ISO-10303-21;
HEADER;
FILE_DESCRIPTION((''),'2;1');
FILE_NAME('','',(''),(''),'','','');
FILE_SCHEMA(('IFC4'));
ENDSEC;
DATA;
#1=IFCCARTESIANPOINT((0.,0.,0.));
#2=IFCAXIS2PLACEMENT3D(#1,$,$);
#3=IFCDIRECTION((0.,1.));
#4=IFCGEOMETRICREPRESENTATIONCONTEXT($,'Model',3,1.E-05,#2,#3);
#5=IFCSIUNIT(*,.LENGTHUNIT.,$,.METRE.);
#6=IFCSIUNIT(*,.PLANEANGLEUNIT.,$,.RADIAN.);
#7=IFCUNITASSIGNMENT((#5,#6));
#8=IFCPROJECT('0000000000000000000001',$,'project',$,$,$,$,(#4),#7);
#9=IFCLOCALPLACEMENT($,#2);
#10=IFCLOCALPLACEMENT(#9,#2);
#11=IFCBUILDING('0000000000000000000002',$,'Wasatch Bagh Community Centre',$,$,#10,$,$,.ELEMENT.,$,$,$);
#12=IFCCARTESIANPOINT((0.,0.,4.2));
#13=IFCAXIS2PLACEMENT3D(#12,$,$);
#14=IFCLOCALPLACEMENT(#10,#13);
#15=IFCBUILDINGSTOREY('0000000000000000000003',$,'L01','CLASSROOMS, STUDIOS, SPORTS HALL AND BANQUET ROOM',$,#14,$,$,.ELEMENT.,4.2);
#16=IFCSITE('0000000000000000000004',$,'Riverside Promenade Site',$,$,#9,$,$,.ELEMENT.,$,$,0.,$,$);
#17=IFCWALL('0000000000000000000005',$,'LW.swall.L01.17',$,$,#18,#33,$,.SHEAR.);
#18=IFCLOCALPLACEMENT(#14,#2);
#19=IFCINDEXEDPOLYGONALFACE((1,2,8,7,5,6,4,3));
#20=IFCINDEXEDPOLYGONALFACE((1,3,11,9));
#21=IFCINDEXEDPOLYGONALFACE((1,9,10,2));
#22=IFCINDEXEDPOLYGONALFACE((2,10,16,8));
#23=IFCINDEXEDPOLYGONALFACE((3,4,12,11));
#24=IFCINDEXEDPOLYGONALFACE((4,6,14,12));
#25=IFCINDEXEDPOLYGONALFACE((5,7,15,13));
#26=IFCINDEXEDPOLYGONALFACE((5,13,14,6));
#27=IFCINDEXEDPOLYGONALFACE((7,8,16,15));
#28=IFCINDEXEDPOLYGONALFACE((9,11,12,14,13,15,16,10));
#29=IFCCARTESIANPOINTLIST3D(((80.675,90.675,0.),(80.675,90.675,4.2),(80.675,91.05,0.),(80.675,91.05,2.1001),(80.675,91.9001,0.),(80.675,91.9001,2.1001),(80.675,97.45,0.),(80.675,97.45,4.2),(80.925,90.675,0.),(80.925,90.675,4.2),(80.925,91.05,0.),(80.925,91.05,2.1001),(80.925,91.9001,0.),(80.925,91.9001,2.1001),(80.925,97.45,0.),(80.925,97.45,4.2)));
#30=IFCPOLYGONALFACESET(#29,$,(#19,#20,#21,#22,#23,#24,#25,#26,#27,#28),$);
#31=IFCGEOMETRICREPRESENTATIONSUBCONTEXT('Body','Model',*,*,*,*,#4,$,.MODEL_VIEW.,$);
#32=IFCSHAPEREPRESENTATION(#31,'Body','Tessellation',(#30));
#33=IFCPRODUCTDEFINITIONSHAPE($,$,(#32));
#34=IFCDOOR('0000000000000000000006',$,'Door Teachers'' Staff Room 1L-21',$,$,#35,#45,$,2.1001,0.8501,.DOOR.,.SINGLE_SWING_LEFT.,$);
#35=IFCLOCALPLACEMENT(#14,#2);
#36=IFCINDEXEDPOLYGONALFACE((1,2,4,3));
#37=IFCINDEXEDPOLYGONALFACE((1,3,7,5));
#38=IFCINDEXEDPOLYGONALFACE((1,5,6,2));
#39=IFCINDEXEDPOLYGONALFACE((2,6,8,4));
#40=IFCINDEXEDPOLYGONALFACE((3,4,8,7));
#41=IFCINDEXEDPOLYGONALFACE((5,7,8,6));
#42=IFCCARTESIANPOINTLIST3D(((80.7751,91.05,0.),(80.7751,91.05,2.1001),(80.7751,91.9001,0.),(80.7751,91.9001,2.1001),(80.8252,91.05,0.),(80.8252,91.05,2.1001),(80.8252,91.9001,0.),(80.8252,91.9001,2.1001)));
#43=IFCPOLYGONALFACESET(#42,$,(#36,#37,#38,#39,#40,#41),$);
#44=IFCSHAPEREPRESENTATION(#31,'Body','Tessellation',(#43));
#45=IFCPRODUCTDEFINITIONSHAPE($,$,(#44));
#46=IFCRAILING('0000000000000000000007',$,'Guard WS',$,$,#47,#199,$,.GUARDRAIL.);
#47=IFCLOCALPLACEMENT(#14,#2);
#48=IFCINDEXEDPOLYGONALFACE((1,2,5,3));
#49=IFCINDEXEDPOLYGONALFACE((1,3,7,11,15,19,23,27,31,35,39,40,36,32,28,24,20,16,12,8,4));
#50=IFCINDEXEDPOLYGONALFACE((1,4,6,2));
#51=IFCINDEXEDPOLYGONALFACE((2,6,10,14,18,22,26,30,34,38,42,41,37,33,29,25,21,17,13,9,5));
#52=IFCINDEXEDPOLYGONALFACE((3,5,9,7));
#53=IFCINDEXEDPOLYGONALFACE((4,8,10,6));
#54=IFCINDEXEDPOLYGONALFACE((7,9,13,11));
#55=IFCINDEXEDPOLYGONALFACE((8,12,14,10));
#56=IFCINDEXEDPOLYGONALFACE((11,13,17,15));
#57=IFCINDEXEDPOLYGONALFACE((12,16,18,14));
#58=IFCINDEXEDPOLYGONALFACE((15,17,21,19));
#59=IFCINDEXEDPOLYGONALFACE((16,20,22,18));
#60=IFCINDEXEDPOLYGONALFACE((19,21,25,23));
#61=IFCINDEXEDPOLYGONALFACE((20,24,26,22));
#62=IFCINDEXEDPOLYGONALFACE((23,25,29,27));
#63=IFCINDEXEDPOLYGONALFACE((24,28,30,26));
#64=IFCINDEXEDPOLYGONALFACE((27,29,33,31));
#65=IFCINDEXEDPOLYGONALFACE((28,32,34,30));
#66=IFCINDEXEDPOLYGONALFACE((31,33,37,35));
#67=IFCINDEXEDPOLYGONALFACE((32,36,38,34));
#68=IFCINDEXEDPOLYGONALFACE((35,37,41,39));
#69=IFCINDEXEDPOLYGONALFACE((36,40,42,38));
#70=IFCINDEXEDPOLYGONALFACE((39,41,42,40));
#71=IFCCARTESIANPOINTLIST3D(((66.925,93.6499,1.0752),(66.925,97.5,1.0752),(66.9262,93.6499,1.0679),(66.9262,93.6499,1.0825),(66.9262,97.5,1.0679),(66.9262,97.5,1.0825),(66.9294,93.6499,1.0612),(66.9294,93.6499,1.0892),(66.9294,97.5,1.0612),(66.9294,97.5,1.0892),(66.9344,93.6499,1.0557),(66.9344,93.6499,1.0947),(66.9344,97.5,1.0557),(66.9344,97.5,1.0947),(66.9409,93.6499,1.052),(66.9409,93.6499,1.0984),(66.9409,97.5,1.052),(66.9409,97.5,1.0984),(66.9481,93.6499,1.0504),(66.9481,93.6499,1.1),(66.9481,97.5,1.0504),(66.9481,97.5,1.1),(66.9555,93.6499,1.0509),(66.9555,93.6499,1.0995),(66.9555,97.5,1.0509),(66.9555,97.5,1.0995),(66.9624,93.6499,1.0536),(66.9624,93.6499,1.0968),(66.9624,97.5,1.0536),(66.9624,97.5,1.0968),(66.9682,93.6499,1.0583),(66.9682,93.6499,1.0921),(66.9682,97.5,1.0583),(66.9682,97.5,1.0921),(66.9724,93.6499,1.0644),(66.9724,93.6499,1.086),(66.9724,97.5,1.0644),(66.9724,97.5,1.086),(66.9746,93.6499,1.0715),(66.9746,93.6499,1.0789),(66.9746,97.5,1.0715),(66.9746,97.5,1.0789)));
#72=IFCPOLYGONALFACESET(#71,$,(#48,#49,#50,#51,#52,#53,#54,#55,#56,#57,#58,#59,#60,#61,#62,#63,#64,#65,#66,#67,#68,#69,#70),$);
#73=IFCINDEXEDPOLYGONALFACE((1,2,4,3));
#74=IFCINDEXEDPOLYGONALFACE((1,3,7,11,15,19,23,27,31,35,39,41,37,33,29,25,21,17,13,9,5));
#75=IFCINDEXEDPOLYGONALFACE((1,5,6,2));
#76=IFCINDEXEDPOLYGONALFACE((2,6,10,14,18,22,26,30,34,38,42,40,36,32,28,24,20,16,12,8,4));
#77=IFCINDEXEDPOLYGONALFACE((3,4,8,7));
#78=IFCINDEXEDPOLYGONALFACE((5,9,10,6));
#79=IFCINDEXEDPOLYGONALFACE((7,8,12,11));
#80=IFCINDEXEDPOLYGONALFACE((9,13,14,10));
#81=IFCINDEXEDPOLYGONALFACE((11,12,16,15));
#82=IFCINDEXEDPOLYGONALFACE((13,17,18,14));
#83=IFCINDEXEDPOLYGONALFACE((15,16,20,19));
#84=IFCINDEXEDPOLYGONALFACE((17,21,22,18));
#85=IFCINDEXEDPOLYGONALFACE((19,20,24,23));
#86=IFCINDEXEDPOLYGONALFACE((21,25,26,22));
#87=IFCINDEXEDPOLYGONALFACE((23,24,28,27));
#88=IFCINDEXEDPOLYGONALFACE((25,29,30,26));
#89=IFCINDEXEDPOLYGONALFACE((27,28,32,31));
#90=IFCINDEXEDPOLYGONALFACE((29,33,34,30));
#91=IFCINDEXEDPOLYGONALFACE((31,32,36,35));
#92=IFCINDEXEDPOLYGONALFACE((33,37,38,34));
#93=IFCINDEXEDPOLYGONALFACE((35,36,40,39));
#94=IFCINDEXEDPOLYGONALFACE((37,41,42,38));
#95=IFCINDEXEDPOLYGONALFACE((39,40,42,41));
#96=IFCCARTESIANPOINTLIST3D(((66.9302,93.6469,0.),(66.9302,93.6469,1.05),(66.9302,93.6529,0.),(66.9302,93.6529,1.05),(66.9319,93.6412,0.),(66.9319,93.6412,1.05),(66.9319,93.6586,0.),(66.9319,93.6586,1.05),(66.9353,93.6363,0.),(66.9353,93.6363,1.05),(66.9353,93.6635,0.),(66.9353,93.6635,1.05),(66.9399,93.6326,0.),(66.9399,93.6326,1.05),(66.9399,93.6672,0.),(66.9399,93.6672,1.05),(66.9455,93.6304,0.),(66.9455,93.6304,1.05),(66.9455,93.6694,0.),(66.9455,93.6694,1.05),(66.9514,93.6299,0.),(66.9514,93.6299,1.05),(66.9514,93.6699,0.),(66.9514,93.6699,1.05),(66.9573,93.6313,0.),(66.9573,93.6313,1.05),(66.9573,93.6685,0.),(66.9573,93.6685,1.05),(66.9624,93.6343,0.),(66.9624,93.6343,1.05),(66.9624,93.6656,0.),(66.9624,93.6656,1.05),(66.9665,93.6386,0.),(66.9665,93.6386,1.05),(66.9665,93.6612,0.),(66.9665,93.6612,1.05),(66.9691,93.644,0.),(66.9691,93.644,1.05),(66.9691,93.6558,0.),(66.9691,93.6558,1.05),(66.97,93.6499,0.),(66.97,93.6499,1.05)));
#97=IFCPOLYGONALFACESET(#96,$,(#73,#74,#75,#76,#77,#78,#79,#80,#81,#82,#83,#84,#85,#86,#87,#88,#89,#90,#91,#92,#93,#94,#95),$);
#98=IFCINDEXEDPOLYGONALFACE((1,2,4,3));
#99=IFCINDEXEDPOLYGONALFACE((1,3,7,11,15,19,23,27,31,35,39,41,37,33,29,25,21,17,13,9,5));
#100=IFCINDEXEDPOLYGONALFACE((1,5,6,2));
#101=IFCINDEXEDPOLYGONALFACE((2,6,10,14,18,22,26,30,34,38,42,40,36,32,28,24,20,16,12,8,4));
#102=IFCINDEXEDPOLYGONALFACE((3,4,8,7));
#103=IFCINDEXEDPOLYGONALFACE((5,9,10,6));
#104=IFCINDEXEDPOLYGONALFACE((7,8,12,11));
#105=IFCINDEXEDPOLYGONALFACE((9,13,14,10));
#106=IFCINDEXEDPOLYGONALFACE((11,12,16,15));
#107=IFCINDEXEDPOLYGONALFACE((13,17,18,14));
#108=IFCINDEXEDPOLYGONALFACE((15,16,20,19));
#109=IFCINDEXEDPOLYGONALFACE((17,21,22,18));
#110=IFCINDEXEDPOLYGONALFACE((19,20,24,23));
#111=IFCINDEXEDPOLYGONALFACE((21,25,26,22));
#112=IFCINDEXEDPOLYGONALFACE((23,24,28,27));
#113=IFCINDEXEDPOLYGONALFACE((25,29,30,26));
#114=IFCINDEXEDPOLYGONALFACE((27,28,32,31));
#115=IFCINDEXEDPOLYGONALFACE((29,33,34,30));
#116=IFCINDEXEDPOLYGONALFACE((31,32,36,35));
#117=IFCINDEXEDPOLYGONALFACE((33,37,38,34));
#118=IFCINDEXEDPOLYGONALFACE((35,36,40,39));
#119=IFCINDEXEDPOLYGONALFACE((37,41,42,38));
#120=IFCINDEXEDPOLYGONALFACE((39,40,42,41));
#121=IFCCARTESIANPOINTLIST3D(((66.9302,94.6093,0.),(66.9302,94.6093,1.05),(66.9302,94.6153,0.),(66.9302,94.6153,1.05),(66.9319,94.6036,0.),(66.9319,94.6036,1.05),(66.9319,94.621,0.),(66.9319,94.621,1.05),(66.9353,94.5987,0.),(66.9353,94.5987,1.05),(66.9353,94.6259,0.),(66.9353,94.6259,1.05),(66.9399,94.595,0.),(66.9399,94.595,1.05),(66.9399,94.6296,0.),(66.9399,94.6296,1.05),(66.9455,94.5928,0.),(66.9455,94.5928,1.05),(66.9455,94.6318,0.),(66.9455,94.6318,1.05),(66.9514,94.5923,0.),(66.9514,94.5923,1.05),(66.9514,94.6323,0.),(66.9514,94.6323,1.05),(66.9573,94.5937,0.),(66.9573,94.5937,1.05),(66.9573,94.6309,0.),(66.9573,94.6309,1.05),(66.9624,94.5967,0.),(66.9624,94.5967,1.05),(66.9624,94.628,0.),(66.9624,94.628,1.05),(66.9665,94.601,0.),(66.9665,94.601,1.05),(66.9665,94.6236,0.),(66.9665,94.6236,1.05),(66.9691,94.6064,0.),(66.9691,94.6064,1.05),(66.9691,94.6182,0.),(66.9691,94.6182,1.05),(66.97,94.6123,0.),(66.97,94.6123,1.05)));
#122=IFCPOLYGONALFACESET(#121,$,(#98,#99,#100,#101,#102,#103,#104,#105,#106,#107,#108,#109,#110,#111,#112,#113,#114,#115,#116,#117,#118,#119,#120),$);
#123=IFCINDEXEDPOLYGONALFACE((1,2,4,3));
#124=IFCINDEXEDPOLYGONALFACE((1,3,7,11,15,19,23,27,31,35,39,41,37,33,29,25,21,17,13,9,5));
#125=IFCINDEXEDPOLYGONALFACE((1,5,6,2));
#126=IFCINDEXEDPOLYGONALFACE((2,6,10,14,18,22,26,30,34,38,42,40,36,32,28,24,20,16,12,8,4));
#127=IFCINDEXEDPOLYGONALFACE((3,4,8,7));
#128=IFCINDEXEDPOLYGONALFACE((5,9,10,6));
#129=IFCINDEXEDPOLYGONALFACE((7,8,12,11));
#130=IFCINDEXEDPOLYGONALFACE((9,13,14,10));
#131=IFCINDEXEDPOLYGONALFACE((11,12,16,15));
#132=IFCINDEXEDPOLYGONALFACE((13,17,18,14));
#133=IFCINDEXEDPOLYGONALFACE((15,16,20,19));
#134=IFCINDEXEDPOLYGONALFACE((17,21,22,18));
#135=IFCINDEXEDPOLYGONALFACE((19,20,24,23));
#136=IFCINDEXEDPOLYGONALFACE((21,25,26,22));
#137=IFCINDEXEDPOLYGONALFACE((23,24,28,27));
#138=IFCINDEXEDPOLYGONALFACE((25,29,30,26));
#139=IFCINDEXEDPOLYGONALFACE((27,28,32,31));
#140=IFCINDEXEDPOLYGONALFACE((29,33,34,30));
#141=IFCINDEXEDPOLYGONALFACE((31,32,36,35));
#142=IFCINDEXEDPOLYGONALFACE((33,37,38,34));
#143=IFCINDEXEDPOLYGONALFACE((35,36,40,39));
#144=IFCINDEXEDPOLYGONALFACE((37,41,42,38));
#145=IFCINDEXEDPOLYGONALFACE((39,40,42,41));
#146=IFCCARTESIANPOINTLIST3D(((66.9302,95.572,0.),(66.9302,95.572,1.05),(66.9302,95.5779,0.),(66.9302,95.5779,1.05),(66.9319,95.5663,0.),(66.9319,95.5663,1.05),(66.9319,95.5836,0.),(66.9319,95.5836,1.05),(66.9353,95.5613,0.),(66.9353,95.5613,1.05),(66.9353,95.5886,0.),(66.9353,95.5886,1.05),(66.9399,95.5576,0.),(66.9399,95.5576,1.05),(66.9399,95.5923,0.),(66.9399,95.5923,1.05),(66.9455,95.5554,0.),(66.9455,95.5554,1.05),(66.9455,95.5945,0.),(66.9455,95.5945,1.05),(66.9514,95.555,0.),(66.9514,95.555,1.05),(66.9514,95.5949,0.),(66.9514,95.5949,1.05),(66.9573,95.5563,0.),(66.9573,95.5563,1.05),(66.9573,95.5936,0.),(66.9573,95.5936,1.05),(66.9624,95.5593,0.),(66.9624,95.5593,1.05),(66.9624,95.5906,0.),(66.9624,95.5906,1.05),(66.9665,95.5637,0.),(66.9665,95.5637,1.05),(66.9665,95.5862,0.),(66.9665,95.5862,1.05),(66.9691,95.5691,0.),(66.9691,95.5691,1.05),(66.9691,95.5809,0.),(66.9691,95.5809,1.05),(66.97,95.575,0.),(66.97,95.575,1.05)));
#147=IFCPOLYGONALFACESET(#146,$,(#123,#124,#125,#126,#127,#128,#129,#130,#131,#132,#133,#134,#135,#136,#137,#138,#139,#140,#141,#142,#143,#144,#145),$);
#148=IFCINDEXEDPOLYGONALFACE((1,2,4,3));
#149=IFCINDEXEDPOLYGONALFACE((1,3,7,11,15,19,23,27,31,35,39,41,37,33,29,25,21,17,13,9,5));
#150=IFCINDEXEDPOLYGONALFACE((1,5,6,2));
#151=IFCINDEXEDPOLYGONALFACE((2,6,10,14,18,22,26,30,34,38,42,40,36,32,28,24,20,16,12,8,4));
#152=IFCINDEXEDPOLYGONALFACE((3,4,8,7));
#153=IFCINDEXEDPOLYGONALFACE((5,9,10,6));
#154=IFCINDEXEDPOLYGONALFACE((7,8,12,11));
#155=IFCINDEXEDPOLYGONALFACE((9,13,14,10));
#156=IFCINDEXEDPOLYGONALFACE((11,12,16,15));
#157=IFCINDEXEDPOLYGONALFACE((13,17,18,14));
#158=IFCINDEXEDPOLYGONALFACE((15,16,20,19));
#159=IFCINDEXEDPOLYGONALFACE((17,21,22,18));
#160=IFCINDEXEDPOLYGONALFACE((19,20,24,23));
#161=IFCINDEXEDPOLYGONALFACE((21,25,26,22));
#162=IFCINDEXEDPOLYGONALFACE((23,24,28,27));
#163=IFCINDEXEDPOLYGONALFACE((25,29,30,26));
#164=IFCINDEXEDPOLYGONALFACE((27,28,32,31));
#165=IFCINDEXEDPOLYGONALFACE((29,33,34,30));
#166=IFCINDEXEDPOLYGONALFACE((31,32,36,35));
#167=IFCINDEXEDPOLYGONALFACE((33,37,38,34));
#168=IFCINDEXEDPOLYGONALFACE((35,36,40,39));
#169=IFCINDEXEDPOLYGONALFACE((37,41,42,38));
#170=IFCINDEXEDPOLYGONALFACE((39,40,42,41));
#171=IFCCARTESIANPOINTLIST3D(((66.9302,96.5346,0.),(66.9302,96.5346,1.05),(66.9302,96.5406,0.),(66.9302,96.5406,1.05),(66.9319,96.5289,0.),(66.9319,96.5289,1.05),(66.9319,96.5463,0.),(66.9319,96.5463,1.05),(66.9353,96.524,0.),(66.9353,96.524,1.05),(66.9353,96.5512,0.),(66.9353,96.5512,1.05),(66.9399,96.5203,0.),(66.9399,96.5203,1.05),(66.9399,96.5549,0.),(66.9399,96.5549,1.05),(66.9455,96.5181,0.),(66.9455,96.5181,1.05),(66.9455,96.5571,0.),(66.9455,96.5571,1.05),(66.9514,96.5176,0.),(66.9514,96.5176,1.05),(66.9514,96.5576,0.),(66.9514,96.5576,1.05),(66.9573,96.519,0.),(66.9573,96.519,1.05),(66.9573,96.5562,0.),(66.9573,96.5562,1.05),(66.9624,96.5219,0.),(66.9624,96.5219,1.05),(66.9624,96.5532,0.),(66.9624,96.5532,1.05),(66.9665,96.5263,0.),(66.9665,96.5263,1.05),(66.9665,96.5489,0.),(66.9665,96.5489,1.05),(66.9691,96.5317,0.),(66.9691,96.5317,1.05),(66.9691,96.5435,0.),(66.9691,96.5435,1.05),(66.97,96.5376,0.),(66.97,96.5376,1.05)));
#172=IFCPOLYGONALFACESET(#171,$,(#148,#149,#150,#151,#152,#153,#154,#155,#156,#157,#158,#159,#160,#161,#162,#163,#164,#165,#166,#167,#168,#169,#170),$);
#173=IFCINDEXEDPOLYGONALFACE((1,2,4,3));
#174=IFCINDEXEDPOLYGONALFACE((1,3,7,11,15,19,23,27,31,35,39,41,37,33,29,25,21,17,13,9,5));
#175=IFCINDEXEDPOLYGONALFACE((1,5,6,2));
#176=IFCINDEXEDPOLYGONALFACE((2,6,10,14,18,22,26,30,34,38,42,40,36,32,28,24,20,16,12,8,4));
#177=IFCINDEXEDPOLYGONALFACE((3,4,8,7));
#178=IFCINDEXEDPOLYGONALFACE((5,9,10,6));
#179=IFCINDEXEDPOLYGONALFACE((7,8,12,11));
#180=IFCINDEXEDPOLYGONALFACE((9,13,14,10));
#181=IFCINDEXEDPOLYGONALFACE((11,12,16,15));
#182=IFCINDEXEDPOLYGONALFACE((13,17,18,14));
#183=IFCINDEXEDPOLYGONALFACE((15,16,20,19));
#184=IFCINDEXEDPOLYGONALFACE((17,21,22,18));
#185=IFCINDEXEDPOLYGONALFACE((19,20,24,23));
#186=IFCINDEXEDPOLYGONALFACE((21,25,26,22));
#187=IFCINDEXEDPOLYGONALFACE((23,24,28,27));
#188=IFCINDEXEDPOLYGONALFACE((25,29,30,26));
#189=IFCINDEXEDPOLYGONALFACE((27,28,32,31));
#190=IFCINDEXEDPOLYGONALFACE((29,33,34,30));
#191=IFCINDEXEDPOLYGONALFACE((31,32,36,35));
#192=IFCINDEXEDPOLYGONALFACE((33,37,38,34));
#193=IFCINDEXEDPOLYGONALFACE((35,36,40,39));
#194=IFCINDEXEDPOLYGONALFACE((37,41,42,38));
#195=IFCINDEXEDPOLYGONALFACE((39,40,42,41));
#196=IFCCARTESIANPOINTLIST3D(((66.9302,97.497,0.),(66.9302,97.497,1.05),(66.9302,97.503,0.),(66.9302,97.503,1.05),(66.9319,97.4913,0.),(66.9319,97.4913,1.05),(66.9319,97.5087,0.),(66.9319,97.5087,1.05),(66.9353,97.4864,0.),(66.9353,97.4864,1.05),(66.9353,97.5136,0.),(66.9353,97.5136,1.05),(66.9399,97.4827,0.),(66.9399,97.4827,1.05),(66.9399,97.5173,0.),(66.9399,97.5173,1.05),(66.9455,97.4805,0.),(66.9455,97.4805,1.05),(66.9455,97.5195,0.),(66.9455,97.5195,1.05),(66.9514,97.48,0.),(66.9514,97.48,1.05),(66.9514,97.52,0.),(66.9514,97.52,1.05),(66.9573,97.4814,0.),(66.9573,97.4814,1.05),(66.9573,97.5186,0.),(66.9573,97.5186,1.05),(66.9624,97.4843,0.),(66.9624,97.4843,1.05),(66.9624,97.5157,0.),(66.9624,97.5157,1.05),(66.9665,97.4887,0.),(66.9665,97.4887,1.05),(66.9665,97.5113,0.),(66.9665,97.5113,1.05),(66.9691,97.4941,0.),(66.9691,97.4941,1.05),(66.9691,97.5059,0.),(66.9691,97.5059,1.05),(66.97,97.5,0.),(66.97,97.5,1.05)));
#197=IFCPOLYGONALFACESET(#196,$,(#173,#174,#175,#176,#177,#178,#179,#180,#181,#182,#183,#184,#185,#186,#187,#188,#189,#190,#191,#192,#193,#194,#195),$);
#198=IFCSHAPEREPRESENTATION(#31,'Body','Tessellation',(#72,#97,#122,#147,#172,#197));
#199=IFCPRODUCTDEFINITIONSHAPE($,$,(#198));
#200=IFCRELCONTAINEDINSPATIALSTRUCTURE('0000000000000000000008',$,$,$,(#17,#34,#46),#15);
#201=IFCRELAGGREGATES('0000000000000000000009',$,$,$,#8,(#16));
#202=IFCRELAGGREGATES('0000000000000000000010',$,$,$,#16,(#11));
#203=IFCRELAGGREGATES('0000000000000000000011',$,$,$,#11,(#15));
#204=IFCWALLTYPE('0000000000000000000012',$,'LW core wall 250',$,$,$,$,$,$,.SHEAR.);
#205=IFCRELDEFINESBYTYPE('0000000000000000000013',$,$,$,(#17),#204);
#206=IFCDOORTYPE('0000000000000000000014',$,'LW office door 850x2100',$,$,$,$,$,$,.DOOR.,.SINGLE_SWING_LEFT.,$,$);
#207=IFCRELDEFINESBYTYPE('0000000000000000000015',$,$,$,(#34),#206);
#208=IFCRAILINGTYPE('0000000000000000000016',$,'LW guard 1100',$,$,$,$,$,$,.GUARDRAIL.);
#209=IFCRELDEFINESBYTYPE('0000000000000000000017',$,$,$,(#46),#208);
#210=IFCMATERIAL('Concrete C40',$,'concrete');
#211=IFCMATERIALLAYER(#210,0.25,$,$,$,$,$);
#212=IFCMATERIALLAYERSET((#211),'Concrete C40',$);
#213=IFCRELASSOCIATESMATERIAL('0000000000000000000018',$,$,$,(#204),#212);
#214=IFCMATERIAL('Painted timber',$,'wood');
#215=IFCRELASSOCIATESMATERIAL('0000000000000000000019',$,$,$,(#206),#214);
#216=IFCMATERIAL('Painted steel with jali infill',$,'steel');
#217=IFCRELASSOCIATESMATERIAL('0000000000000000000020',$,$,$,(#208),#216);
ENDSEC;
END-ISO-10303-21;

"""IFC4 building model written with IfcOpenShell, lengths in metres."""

from ifc_helpers import new_model, si_unit, direction, frame, frame_2d, origin, origin_2d, place, context, subcontext, project, spatial, rectangle, circle, extrude, material, layer, layer_set, type_object, element, fill, save


model = new_model("IFC4")

# Units and contexts
model_context = context("Model", 3, precision=1e-05, world=origin(), true_north=direction((0.0, 1.0)))
body_context = subcontext(model_context, "Body", "Model", "MODEL_VIEW")
ifc_project = project(units=[si_unit("LENGTHUNIT", "METRE"), si_unit("PLANEANGLEUNIT", "RADIAN")], contexts=[model_context])

# Site, building, storey
site_placement = place(None, origin())
site = spatial("IfcSite", under=ifc_project, at=site_placement, Name="Riverside Promenade Site", CompositionType="ELEMENT", RefElevation=0.0)
building_placement = place(site_placement, origin())
building = spatial("IfcBuilding", under=site, at=building_placement, Name="Wasatch Bagh Community Centre", CompositionType="ELEMENT")
storey_placement = place(building_placement, frame((0.0, 0.0, 4.2)))
storey = spatial("IfcBuildingStorey", under=building, at=storey_placement, Name="L01", Description="CLASSROOMS, STUDIOS, SPORTS HALL AND BANQUET ROOM", CompositionType="ELEMENT", Elevation=4.2)

# Shared definitions
ifc_material_1 = material(Name="Concrete C40", Category="concrete")

# Wall, opening, door
ifc_layer_1 = layer(ifc_material_1, 0.25)
ifc_layer_set_1 = layer_set([ifc_layer_1], Name="Concrete C40")
wall_type = type_object("IfcWallType", Name="LW core wall 250", PredefinedType="SHEAR", material=ifc_layer_set_1)
ifc_material_2 = material(Name="Painted timber", Category="wood")
wall_1_placement = place(storey_placement, frame((80.8, 90.675, 0.0), z_axis=(0.0, 0.0, 1.0), x_axis=(0.0, 1.0, 0.0)))
wall_1 = element("IfcWall", 1, at=wall_1_placement, inside=storey, type_object=wall_type, Name="LW.swall.L01.17", PredefinedType="SHEAR", context=body_context, shape_type="SweptSolid", body=[
    extrude(rectangle(XDim=6.7749, YDim=0.25, at=frame_2d((3.3875, 0.0))), origin(), (0.0, 0.0, 1.0), 4.2),
])
opening_1_placement = place(wall_1_placement, frame((0.375, 0.0, 0.0)))
opening_1 = element("IfcOpeningElement", 2, at=opening_1_placement, cuts=wall_1, PredefinedType="OPENING", context=body_context, shape_type="SweptSolid", body=[
    extrude(rectangle(XDim=0.8501, YDim=2.1001, at=frame_2d((0.425, 1.05))), frame((0.0, 0.135, 0.0), z_axis=(0.0, -1.0, 0.0), x_axis=(1.0, 0.0, 0.0)), (0.0, 0.0, 1.0), 0.27),
])
door_type_1 = type_object("IfcDoorType", Name="LW office door 850x2100", OperationType="SINGLE_SWING_LEFT", PredefinedType="DOOR", material=ifc_material_2)
door_1_placement = place(opening_1_placement, origin())
door_1 = element("IfcDoor", 3, at=door_1_placement, inside=storey, type_object=door_type_1, Name="Door Teachers' Staff Room 1L-21", OperationType="SINGLE_SWING_LEFT", OverallHeight=2.1001, OverallWidth=0.8501, PredefinedType="DOOR", context=body_context, shape_type="SweptSolid", body=[
    extrude(rectangle(XDim=0.8501, YDim=2.1001, at=frame_2d((0.425, 1.05))), frame((0.0, 0.0249, 0.0), z_axis=(0.0, -1.0, 0.0), x_axis=(1.0, 0.0, 0.0)), (0.0, 0.0, 1.0), 0.05),
])
fill(opening_1, door_1)

# Railing
ifc_material_3 = material(Name="Painted steel with jali infill", Category="steel")
railing_type = type_object("IfcRailingType", Name="LW guard 1100", PredefinedType="GUARDRAIL", material=ifc_material_3)
railing_1_placement = place(storey_placement, frame((66.95, 93.6499, 0.0)))
element("IfcRailing", 4, at=railing_1_placement, inside=storey, type_object=railing_type, Name="Guard WS", PredefinedType="GUARDRAIL", context=body_context, shape_type="SweptSolid", body=[
    extrude(circle(Radius=0.0249, at=origin_2d()), frame((0.0, 0.0, 1.0752), z_axis=(0.0, 1.0, 0.0), x_axis=(-1.0, 0.0, 0.0)), (0.0, 0.0, 1.0), 3.8501),
    extrude(circle(Radius=0.02, at=origin_2d()), origin(), (0.0, 0.0, 1.0), 1.05),
    extrude(circle(Radius=0.02, at=origin_2d()), frame((0.0, 0.9624, 0.0)), (0.0, 0.0, 1.0), 1.05),
    extrude(circle(Radius=0.02, at=origin_2d()), frame((0.0, 1.925, 0.0)), (0.0, 0.0, 1.0), 1.05),
    extrude(circle(Radius=0.02, at=origin_2d()), frame((0.0, 2.8877, 0.0)), (0.0, 0.0, 1.0), 1.05),
    extrude(circle(Radius=0.02, at=origin_2d()), frame((0.0, 3.8501, 0.0)), (0.0, 0.0, 1.0), 1.05),
])

save(model, "model.ifc")
